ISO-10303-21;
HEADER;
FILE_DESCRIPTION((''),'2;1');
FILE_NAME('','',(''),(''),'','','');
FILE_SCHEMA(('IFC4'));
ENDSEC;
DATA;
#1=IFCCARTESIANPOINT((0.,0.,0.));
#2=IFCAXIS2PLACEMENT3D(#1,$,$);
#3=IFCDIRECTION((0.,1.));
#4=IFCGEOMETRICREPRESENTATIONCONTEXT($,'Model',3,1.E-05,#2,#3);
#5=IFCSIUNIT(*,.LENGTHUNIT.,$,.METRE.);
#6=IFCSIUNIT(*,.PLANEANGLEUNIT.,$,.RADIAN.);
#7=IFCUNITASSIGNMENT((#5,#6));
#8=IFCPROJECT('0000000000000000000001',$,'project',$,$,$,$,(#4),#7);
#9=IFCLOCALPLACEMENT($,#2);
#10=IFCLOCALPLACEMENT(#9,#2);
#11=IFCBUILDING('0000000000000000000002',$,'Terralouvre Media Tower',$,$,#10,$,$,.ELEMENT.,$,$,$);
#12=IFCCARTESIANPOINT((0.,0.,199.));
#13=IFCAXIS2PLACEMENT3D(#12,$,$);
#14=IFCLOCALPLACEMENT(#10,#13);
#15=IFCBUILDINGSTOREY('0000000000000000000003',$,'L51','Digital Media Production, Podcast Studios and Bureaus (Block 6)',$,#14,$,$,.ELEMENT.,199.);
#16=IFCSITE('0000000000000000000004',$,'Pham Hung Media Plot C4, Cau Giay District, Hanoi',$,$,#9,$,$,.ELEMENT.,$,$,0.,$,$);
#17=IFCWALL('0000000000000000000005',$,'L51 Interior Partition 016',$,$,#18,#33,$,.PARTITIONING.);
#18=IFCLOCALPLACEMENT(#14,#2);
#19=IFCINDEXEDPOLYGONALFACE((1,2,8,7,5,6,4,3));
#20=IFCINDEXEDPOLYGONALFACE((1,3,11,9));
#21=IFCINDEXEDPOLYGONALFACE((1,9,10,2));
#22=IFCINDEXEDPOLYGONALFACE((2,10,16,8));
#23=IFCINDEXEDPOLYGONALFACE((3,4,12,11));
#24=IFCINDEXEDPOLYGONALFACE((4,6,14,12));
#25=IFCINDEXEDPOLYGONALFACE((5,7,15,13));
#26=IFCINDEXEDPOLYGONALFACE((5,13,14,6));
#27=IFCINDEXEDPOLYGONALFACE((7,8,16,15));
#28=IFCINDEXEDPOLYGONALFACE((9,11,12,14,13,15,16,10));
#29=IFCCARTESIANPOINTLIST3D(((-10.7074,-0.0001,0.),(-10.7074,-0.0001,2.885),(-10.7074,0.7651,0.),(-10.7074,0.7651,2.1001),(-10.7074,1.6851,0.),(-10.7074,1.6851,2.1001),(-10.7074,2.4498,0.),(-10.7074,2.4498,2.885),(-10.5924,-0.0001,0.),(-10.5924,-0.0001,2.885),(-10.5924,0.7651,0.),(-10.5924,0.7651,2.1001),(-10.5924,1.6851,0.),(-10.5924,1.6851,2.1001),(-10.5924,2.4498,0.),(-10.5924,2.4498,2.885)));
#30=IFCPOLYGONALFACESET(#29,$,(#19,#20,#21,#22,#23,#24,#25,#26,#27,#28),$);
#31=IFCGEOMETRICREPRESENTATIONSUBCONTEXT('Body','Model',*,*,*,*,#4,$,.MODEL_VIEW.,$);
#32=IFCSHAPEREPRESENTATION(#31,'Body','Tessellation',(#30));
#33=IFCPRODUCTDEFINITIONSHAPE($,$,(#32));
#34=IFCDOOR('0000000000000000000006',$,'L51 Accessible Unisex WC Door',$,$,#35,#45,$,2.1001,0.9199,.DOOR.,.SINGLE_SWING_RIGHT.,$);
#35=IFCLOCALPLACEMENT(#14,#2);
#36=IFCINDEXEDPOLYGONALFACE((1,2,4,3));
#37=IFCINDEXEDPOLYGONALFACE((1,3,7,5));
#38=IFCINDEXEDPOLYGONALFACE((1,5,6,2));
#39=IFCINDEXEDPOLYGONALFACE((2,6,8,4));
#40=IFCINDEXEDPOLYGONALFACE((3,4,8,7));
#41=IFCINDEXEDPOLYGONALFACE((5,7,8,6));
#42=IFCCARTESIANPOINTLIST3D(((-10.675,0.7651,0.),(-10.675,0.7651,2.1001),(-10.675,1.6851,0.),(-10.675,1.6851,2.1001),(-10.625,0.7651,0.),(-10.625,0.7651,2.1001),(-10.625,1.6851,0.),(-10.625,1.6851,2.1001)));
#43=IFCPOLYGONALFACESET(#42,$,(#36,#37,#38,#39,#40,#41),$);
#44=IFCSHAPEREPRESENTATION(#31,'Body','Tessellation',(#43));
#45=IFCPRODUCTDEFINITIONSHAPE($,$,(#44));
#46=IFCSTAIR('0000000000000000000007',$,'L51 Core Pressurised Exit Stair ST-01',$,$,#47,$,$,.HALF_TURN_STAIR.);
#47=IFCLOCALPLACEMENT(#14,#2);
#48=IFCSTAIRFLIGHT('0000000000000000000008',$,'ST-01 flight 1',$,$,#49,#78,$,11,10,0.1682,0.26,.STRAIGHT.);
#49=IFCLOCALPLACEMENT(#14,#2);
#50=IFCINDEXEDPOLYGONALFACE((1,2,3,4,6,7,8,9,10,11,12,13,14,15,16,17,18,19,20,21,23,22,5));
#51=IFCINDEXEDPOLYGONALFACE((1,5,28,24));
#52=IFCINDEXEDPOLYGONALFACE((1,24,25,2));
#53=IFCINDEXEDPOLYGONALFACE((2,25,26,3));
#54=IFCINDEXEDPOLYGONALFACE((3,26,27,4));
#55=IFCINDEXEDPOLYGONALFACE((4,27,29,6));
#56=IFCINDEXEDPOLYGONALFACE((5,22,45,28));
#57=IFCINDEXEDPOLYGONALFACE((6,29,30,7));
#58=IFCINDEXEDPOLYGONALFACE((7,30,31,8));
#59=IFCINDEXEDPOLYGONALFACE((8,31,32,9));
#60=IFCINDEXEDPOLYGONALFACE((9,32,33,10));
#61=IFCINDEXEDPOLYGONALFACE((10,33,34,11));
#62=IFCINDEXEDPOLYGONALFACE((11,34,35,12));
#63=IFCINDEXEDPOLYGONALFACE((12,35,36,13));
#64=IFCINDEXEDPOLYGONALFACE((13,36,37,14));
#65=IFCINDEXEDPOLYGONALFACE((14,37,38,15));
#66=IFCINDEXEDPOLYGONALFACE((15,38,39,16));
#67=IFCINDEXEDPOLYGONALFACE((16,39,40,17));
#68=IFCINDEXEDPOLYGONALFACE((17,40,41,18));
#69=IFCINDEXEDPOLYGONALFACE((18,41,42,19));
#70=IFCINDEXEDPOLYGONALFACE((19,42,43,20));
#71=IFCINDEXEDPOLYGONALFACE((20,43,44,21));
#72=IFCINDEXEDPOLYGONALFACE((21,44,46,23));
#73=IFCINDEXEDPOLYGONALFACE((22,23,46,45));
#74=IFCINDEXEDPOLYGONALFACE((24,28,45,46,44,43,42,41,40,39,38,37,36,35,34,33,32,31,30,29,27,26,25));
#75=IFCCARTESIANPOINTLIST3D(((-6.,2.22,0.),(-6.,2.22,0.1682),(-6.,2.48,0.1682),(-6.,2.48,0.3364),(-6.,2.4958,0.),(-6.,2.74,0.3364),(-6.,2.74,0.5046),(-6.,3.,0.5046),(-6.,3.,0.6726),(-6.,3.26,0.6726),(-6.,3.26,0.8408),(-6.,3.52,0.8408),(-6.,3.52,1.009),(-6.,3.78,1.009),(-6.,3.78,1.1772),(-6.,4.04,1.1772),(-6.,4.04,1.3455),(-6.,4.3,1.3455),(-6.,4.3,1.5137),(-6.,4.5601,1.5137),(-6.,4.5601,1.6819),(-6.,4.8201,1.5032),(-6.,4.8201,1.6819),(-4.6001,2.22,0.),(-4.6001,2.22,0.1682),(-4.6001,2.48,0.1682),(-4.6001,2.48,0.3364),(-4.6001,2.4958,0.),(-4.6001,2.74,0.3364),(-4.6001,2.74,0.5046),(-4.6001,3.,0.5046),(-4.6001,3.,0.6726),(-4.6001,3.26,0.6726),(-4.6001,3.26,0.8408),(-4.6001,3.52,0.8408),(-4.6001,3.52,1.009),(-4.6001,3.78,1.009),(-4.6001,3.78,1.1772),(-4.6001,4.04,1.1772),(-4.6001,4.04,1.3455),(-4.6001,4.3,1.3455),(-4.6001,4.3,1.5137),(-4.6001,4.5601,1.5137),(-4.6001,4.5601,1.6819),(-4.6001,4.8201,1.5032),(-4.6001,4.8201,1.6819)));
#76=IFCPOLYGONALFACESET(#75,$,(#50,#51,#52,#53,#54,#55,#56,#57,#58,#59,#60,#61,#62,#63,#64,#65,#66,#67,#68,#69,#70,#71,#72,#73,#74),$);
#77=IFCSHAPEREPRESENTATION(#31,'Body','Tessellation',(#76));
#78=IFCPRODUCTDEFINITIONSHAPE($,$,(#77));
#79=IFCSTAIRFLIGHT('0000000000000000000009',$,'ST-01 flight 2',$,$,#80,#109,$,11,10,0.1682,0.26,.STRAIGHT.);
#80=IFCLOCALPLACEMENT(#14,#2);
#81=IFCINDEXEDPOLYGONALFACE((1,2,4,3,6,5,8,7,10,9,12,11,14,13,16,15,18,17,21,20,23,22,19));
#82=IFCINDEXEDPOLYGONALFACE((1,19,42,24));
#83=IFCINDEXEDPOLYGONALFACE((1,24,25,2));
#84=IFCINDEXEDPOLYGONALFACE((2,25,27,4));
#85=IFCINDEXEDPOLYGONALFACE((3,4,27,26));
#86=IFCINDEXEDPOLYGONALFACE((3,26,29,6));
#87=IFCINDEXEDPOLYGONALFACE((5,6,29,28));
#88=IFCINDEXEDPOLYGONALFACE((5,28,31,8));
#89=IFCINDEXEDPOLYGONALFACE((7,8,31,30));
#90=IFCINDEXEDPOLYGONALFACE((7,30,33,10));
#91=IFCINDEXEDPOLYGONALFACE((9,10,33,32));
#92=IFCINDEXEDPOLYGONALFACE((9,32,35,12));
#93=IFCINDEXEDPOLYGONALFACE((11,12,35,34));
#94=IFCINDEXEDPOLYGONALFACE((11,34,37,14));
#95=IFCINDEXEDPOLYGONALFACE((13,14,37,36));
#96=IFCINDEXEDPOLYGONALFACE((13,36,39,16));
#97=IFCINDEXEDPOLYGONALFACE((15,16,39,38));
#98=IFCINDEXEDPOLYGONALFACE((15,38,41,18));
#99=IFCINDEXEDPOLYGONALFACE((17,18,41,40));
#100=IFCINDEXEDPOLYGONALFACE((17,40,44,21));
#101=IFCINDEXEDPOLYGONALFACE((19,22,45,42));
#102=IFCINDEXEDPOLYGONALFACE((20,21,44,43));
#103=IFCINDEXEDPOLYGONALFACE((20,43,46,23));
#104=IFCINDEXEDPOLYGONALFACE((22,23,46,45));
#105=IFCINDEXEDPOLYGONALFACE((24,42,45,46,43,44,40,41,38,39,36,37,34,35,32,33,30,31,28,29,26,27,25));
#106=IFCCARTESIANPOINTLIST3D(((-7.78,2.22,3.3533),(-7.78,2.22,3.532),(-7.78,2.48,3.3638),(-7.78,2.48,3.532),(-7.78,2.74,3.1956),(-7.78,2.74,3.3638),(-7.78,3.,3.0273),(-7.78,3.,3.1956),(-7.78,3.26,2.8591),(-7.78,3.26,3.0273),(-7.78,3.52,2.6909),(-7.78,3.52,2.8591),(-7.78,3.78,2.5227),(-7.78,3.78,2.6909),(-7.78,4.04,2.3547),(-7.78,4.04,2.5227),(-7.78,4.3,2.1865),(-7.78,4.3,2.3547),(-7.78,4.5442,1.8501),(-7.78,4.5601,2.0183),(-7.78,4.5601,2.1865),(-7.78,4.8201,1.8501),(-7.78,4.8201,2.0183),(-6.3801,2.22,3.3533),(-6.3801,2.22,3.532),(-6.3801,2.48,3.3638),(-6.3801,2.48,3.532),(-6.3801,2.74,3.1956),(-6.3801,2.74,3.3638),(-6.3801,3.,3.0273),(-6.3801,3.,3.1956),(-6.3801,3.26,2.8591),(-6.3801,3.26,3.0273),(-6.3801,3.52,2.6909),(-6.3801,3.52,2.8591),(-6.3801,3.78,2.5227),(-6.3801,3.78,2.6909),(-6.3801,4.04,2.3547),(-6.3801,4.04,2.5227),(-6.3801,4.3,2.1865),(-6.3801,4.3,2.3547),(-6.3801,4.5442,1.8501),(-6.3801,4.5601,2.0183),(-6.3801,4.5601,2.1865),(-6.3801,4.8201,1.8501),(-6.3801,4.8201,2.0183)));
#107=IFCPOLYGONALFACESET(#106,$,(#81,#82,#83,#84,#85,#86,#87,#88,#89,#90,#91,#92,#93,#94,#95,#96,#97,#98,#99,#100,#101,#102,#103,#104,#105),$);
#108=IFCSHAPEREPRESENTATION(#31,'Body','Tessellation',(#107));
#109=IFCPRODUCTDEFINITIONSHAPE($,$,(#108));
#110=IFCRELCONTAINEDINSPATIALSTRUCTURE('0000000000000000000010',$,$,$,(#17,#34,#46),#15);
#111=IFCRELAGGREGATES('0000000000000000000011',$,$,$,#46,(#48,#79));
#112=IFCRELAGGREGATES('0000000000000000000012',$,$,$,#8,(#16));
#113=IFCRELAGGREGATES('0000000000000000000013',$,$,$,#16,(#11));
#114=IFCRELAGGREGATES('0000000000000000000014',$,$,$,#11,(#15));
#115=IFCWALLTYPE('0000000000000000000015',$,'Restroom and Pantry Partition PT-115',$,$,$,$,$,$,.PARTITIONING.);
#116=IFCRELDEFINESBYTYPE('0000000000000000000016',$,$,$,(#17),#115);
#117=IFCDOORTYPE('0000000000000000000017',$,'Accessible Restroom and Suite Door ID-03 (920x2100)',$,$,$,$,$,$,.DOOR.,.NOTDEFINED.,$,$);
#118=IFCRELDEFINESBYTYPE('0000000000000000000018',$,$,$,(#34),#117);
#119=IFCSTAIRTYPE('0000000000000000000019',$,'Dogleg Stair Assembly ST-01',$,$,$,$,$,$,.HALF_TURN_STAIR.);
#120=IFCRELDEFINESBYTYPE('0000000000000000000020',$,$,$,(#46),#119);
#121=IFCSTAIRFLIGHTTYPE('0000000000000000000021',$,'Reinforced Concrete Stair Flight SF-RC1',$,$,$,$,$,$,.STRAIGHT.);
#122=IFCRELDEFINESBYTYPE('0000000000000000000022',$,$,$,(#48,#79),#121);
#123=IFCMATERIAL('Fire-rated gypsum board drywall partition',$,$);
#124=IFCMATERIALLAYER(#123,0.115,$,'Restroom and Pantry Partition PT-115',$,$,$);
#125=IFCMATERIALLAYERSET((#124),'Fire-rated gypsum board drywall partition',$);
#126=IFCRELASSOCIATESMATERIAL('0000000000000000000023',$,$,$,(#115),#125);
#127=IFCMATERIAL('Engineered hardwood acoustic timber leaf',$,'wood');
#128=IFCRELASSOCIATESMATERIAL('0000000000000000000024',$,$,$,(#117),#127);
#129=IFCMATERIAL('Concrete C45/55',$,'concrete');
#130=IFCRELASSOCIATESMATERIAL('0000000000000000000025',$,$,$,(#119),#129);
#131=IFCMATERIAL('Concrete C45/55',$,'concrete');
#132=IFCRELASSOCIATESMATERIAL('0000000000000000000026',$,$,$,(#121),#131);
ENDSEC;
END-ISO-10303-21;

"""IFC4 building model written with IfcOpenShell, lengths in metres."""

from ifc_helpers import new_model, si_unit, direction, frame, frame_2d, origin, place, context, subcontext, project, spatial, polyline, rectangle, outline, extrude, material, layer, layer_set, type_object, element, fill, aggregate, save


model = new_model("IFC4")

# Units and contexts
model_context = context("Model", 3, precision=1e-05, world=origin(), true_north=direction((0.0, 1.0)))
body_context = subcontext(model_context, "Body", "Model", "MODEL_VIEW")
ifc_project = project(units=[si_unit("LENGTHUNIT", "METRE"), si_unit("PLANEANGLEUNIT", "RADIAN")], contexts=[model_context])

# Site, building, storey
site_placement = place(None, origin())
site = spatial("IfcSite", under=ifc_project, at=site_placement, Name="Pham Hung Media Plot C4, Cau Giay District, Hanoi", CompositionType="ELEMENT", RefElevation=0.0)
building_placement = place(site_placement, origin())
building = spatial("IfcBuilding", under=site, at=building_placement, Name="Terralouvre Media Tower", CompositionType="ELEMENT")
storey_placement = place(building_placement, frame((0.0, 0.0, 199.0)))
storey = spatial("IfcBuildingStorey", under=building, at=storey_placement, Name="L51", Description="Digital Media Production, Podcast Studios and Bureaus (Block 6)", CompositionType="ELEMENT", Elevation=199.0)

# Wall, opening, door
ifc_material_1 = material(Name="Fire-rated gypsum board drywall partition")
ifc_layer_1 = layer(ifc_material_1, 0.115, Name="Restroom and Pantry Partition PT-115")
ifc_layer_set_1 = layer_set([ifc_layer_1], Name="Fire-rated gypsum board drywall partition")
wall_type_1 = type_object("IfcWallType", Name="Restroom and Pantry Partition PT-115", PredefinedType="PARTITIONING", material=ifc_layer_set_1)
wall_1_placement = place(storey_placement, frame((-10.6499, 2.45, 0.0), z_axis=(0.0, 0.0, 1.0), x_axis=(0.0, -1.0, 0.0)))
wall_1 = element("IfcWall", 1, at=wall_1_placement, inside=storey, type_object=wall_type_1, Name="L51 Interior Partition 016", PredefinedType="PARTITIONING", context=body_context, shape_type="SweptSolid", body=[
    extrude(rectangle(XDim=2.45, YDim=0.115, at=frame_2d((1.2251, 0.0))), origin(), (0.0, 0.0, 1.0), 2.885),
])
opening_1_placement = place(wall_1_placement, frame((0.7649, 0.0, 0.0)))
opening_1 = element("IfcOpeningElement", 2, at=opening_1_placement, cuts=wall_1, PredefinedType="OPENING", context=body_context, shape_type="SweptSolid", body=[
    extrude(rectangle(XDim=0.9199, YDim=2.1001, at=frame_2d((0.46, 1.05))), frame((0.0, 0.0674, 0.0), z_axis=(0.0, -1.0, 0.0), x_axis=(1.0, 0.0, 0.0)), (0.0, 0.0, 1.0), 0.135),
])
ifc_material_2 = material(Name="Engineered hardwood acoustic timber leaf", Category="wood")
door_type_1 = type_object("IfcDoorType", Name="Accessible Restroom and Suite Door ID-03 (920x2100)", OperationType="NOTDEFINED", PredefinedType="DOOR", material=ifc_material_2)
door_1_placement = place(opening_1_placement, origin())
door_1 = element("IfcDoor", 3, at=door_1_placement, inside=storey, type_object=door_type_1, Name="L51 Accessible Unisex WC Door", OperationType="SINGLE_SWING_RIGHT", OverallHeight=2.1001, OverallWidth=0.9199, PredefinedType="DOOR", context=body_context, shape_type="SweptSolid", body=[
    extrude(rectangle(XDim=0.9199, YDim=2.1001, at=frame_2d((0.46, 1.05))), frame((0.0, 0.0249, 0.0), z_axis=(0.0, -1.0, 0.0), x_axis=(1.0, 0.0, 0.0)), (0.0, 0.0, 1.0), 0.05),
])
fill(opening_1, door_1)

# Stair, stair flights
ifc_material_3 = material(Name="Concrete C45/55", Category="concrete")
stair_type = type_object("IfcStairType", Name="Dogleg Stair Assembly ST-01", PredefinedType="HALF_TURN_STAIR", material=ifc_material_3)
stair_placement = place(storey_placement, origin())
stair = element("IfcStair", 4, at=stair_placement, inside=storey, type_object=stair_type, Name="L51 Core Pressurised Exit Stair ST-01", PredefinedType="HALF_TURN_STAIR")
ifc_material_4 = material(Name="Concrete C45/55", Category="concrete")
stair_flight_type = type_object("IfcStairFlightType", Name="Reinforced Concrete Stair Flight SF-RC1", PredefinedType="STRAIGHT", material=ifc_material_4)
stair_flight_1_placement = place(storey_placement, frame((-5.3, 2.22, 0.0), z_axis=(0.0, 0.0, 1.0), x_axis=(0.0, 1.0, 0.0)))
stair_flight_1 = element("IfcStairFlight", 5, at=stair_flight_1_placement, type_object=stair_flight_type, Name="ST-01 flight 1", NumberOfRisers=11, NumberOfTreads=10, PredefinedType="STRAIGHT", RiserHeight=0.1682, TreadLength=0.26, context=body_context, shape_type="SweptSolid", body=[
    extrude(outline(polyline([(0.0, 0.0), (0.0, 0.1682), (0.26, 0.1682), (0.26, 0.3364), (0.52, 0.3364), (0.52, 0.5046), (0.78, 0.5046), (0.78, 0.6726), (1.04, 0.6726), (1.04, 0.8408), (1.3, 0.8408), (1.3, 1.009), (1.5601, 1.009), (1.5601, 1.1772), (1.8201, 1.1772), (1.8201, 1.3455), (2.0801, 1.3455), (2.0801, 1.5137), (2.3401, 1.5137), (2.3401, 1.6819), (2.6001, 1.6819), (2.6001, 1.8501), (2.6001, 1.5032), (0.2759, 0.0), (0.0, 0.0)])), frame((0.0, 0.7, 0.0), z_axis=(0.0, -1.0, 0.0), x_axis=(1.0, 0.0, 0.0)), (0.0, 0.0, 1.0), 1.3999),
])
stair_flight_2_placement = place(storey_placement, frame((-7.0801, 4.8201, 1.8501), z_axis=(0.0, 0.0, 1.0), x_axis=(0.0, -1.0, 0.0)))
stair_flight_2 = element("IfcStairFlight", 6, at=stair_flight_2_placement, type_object=stair_flight_type, Name="ST-01 flight 2", NumberOfRisers=11, NumberOfTreads=10, PredefinedType="STRAIGHT", RiserHeight=0.1682, TreadLength=0.26, context=body_context, shape_type="SweptSolid", body=[
    extrude(outline(polyline([(0.0, 0.0), (0.0, 0.1682), (0.26, 0.1682), (0.26, 0.3364), (0.52, 0.3364), (0.52, 0.5046), (0.78, 0.5046), (0.78, 0.6726), (1.04, 0.6726), (1.04, 0.8408), (1.3, 0.8408), (1.3, 1.009), (1.5601, 1.009), (1.5601, 1.1772), (1.8201, 1.1772), (1.8201, 1.3455), (2.0801, 1.3455), (2.0801, 1.5137), (2.3401, 1.5137), (2.3401, 1.6819), (2.6001, 1.6819), (2.6001, 1.8501), (2.6001, 1.5032), (0.2759, 0.0), (0.0, 0.0)])), frame((0.0, 0.7, 0.0), z_axis=(0.0, -1.0, 0.0), x_axis=(1.0, 0.0, 0.0)), (0.0, 0.0, 1.0), 1.3999),
])
aggregate(stair, [stair_flight_1, stair_flight_2])

save(model, "model.ifc")
